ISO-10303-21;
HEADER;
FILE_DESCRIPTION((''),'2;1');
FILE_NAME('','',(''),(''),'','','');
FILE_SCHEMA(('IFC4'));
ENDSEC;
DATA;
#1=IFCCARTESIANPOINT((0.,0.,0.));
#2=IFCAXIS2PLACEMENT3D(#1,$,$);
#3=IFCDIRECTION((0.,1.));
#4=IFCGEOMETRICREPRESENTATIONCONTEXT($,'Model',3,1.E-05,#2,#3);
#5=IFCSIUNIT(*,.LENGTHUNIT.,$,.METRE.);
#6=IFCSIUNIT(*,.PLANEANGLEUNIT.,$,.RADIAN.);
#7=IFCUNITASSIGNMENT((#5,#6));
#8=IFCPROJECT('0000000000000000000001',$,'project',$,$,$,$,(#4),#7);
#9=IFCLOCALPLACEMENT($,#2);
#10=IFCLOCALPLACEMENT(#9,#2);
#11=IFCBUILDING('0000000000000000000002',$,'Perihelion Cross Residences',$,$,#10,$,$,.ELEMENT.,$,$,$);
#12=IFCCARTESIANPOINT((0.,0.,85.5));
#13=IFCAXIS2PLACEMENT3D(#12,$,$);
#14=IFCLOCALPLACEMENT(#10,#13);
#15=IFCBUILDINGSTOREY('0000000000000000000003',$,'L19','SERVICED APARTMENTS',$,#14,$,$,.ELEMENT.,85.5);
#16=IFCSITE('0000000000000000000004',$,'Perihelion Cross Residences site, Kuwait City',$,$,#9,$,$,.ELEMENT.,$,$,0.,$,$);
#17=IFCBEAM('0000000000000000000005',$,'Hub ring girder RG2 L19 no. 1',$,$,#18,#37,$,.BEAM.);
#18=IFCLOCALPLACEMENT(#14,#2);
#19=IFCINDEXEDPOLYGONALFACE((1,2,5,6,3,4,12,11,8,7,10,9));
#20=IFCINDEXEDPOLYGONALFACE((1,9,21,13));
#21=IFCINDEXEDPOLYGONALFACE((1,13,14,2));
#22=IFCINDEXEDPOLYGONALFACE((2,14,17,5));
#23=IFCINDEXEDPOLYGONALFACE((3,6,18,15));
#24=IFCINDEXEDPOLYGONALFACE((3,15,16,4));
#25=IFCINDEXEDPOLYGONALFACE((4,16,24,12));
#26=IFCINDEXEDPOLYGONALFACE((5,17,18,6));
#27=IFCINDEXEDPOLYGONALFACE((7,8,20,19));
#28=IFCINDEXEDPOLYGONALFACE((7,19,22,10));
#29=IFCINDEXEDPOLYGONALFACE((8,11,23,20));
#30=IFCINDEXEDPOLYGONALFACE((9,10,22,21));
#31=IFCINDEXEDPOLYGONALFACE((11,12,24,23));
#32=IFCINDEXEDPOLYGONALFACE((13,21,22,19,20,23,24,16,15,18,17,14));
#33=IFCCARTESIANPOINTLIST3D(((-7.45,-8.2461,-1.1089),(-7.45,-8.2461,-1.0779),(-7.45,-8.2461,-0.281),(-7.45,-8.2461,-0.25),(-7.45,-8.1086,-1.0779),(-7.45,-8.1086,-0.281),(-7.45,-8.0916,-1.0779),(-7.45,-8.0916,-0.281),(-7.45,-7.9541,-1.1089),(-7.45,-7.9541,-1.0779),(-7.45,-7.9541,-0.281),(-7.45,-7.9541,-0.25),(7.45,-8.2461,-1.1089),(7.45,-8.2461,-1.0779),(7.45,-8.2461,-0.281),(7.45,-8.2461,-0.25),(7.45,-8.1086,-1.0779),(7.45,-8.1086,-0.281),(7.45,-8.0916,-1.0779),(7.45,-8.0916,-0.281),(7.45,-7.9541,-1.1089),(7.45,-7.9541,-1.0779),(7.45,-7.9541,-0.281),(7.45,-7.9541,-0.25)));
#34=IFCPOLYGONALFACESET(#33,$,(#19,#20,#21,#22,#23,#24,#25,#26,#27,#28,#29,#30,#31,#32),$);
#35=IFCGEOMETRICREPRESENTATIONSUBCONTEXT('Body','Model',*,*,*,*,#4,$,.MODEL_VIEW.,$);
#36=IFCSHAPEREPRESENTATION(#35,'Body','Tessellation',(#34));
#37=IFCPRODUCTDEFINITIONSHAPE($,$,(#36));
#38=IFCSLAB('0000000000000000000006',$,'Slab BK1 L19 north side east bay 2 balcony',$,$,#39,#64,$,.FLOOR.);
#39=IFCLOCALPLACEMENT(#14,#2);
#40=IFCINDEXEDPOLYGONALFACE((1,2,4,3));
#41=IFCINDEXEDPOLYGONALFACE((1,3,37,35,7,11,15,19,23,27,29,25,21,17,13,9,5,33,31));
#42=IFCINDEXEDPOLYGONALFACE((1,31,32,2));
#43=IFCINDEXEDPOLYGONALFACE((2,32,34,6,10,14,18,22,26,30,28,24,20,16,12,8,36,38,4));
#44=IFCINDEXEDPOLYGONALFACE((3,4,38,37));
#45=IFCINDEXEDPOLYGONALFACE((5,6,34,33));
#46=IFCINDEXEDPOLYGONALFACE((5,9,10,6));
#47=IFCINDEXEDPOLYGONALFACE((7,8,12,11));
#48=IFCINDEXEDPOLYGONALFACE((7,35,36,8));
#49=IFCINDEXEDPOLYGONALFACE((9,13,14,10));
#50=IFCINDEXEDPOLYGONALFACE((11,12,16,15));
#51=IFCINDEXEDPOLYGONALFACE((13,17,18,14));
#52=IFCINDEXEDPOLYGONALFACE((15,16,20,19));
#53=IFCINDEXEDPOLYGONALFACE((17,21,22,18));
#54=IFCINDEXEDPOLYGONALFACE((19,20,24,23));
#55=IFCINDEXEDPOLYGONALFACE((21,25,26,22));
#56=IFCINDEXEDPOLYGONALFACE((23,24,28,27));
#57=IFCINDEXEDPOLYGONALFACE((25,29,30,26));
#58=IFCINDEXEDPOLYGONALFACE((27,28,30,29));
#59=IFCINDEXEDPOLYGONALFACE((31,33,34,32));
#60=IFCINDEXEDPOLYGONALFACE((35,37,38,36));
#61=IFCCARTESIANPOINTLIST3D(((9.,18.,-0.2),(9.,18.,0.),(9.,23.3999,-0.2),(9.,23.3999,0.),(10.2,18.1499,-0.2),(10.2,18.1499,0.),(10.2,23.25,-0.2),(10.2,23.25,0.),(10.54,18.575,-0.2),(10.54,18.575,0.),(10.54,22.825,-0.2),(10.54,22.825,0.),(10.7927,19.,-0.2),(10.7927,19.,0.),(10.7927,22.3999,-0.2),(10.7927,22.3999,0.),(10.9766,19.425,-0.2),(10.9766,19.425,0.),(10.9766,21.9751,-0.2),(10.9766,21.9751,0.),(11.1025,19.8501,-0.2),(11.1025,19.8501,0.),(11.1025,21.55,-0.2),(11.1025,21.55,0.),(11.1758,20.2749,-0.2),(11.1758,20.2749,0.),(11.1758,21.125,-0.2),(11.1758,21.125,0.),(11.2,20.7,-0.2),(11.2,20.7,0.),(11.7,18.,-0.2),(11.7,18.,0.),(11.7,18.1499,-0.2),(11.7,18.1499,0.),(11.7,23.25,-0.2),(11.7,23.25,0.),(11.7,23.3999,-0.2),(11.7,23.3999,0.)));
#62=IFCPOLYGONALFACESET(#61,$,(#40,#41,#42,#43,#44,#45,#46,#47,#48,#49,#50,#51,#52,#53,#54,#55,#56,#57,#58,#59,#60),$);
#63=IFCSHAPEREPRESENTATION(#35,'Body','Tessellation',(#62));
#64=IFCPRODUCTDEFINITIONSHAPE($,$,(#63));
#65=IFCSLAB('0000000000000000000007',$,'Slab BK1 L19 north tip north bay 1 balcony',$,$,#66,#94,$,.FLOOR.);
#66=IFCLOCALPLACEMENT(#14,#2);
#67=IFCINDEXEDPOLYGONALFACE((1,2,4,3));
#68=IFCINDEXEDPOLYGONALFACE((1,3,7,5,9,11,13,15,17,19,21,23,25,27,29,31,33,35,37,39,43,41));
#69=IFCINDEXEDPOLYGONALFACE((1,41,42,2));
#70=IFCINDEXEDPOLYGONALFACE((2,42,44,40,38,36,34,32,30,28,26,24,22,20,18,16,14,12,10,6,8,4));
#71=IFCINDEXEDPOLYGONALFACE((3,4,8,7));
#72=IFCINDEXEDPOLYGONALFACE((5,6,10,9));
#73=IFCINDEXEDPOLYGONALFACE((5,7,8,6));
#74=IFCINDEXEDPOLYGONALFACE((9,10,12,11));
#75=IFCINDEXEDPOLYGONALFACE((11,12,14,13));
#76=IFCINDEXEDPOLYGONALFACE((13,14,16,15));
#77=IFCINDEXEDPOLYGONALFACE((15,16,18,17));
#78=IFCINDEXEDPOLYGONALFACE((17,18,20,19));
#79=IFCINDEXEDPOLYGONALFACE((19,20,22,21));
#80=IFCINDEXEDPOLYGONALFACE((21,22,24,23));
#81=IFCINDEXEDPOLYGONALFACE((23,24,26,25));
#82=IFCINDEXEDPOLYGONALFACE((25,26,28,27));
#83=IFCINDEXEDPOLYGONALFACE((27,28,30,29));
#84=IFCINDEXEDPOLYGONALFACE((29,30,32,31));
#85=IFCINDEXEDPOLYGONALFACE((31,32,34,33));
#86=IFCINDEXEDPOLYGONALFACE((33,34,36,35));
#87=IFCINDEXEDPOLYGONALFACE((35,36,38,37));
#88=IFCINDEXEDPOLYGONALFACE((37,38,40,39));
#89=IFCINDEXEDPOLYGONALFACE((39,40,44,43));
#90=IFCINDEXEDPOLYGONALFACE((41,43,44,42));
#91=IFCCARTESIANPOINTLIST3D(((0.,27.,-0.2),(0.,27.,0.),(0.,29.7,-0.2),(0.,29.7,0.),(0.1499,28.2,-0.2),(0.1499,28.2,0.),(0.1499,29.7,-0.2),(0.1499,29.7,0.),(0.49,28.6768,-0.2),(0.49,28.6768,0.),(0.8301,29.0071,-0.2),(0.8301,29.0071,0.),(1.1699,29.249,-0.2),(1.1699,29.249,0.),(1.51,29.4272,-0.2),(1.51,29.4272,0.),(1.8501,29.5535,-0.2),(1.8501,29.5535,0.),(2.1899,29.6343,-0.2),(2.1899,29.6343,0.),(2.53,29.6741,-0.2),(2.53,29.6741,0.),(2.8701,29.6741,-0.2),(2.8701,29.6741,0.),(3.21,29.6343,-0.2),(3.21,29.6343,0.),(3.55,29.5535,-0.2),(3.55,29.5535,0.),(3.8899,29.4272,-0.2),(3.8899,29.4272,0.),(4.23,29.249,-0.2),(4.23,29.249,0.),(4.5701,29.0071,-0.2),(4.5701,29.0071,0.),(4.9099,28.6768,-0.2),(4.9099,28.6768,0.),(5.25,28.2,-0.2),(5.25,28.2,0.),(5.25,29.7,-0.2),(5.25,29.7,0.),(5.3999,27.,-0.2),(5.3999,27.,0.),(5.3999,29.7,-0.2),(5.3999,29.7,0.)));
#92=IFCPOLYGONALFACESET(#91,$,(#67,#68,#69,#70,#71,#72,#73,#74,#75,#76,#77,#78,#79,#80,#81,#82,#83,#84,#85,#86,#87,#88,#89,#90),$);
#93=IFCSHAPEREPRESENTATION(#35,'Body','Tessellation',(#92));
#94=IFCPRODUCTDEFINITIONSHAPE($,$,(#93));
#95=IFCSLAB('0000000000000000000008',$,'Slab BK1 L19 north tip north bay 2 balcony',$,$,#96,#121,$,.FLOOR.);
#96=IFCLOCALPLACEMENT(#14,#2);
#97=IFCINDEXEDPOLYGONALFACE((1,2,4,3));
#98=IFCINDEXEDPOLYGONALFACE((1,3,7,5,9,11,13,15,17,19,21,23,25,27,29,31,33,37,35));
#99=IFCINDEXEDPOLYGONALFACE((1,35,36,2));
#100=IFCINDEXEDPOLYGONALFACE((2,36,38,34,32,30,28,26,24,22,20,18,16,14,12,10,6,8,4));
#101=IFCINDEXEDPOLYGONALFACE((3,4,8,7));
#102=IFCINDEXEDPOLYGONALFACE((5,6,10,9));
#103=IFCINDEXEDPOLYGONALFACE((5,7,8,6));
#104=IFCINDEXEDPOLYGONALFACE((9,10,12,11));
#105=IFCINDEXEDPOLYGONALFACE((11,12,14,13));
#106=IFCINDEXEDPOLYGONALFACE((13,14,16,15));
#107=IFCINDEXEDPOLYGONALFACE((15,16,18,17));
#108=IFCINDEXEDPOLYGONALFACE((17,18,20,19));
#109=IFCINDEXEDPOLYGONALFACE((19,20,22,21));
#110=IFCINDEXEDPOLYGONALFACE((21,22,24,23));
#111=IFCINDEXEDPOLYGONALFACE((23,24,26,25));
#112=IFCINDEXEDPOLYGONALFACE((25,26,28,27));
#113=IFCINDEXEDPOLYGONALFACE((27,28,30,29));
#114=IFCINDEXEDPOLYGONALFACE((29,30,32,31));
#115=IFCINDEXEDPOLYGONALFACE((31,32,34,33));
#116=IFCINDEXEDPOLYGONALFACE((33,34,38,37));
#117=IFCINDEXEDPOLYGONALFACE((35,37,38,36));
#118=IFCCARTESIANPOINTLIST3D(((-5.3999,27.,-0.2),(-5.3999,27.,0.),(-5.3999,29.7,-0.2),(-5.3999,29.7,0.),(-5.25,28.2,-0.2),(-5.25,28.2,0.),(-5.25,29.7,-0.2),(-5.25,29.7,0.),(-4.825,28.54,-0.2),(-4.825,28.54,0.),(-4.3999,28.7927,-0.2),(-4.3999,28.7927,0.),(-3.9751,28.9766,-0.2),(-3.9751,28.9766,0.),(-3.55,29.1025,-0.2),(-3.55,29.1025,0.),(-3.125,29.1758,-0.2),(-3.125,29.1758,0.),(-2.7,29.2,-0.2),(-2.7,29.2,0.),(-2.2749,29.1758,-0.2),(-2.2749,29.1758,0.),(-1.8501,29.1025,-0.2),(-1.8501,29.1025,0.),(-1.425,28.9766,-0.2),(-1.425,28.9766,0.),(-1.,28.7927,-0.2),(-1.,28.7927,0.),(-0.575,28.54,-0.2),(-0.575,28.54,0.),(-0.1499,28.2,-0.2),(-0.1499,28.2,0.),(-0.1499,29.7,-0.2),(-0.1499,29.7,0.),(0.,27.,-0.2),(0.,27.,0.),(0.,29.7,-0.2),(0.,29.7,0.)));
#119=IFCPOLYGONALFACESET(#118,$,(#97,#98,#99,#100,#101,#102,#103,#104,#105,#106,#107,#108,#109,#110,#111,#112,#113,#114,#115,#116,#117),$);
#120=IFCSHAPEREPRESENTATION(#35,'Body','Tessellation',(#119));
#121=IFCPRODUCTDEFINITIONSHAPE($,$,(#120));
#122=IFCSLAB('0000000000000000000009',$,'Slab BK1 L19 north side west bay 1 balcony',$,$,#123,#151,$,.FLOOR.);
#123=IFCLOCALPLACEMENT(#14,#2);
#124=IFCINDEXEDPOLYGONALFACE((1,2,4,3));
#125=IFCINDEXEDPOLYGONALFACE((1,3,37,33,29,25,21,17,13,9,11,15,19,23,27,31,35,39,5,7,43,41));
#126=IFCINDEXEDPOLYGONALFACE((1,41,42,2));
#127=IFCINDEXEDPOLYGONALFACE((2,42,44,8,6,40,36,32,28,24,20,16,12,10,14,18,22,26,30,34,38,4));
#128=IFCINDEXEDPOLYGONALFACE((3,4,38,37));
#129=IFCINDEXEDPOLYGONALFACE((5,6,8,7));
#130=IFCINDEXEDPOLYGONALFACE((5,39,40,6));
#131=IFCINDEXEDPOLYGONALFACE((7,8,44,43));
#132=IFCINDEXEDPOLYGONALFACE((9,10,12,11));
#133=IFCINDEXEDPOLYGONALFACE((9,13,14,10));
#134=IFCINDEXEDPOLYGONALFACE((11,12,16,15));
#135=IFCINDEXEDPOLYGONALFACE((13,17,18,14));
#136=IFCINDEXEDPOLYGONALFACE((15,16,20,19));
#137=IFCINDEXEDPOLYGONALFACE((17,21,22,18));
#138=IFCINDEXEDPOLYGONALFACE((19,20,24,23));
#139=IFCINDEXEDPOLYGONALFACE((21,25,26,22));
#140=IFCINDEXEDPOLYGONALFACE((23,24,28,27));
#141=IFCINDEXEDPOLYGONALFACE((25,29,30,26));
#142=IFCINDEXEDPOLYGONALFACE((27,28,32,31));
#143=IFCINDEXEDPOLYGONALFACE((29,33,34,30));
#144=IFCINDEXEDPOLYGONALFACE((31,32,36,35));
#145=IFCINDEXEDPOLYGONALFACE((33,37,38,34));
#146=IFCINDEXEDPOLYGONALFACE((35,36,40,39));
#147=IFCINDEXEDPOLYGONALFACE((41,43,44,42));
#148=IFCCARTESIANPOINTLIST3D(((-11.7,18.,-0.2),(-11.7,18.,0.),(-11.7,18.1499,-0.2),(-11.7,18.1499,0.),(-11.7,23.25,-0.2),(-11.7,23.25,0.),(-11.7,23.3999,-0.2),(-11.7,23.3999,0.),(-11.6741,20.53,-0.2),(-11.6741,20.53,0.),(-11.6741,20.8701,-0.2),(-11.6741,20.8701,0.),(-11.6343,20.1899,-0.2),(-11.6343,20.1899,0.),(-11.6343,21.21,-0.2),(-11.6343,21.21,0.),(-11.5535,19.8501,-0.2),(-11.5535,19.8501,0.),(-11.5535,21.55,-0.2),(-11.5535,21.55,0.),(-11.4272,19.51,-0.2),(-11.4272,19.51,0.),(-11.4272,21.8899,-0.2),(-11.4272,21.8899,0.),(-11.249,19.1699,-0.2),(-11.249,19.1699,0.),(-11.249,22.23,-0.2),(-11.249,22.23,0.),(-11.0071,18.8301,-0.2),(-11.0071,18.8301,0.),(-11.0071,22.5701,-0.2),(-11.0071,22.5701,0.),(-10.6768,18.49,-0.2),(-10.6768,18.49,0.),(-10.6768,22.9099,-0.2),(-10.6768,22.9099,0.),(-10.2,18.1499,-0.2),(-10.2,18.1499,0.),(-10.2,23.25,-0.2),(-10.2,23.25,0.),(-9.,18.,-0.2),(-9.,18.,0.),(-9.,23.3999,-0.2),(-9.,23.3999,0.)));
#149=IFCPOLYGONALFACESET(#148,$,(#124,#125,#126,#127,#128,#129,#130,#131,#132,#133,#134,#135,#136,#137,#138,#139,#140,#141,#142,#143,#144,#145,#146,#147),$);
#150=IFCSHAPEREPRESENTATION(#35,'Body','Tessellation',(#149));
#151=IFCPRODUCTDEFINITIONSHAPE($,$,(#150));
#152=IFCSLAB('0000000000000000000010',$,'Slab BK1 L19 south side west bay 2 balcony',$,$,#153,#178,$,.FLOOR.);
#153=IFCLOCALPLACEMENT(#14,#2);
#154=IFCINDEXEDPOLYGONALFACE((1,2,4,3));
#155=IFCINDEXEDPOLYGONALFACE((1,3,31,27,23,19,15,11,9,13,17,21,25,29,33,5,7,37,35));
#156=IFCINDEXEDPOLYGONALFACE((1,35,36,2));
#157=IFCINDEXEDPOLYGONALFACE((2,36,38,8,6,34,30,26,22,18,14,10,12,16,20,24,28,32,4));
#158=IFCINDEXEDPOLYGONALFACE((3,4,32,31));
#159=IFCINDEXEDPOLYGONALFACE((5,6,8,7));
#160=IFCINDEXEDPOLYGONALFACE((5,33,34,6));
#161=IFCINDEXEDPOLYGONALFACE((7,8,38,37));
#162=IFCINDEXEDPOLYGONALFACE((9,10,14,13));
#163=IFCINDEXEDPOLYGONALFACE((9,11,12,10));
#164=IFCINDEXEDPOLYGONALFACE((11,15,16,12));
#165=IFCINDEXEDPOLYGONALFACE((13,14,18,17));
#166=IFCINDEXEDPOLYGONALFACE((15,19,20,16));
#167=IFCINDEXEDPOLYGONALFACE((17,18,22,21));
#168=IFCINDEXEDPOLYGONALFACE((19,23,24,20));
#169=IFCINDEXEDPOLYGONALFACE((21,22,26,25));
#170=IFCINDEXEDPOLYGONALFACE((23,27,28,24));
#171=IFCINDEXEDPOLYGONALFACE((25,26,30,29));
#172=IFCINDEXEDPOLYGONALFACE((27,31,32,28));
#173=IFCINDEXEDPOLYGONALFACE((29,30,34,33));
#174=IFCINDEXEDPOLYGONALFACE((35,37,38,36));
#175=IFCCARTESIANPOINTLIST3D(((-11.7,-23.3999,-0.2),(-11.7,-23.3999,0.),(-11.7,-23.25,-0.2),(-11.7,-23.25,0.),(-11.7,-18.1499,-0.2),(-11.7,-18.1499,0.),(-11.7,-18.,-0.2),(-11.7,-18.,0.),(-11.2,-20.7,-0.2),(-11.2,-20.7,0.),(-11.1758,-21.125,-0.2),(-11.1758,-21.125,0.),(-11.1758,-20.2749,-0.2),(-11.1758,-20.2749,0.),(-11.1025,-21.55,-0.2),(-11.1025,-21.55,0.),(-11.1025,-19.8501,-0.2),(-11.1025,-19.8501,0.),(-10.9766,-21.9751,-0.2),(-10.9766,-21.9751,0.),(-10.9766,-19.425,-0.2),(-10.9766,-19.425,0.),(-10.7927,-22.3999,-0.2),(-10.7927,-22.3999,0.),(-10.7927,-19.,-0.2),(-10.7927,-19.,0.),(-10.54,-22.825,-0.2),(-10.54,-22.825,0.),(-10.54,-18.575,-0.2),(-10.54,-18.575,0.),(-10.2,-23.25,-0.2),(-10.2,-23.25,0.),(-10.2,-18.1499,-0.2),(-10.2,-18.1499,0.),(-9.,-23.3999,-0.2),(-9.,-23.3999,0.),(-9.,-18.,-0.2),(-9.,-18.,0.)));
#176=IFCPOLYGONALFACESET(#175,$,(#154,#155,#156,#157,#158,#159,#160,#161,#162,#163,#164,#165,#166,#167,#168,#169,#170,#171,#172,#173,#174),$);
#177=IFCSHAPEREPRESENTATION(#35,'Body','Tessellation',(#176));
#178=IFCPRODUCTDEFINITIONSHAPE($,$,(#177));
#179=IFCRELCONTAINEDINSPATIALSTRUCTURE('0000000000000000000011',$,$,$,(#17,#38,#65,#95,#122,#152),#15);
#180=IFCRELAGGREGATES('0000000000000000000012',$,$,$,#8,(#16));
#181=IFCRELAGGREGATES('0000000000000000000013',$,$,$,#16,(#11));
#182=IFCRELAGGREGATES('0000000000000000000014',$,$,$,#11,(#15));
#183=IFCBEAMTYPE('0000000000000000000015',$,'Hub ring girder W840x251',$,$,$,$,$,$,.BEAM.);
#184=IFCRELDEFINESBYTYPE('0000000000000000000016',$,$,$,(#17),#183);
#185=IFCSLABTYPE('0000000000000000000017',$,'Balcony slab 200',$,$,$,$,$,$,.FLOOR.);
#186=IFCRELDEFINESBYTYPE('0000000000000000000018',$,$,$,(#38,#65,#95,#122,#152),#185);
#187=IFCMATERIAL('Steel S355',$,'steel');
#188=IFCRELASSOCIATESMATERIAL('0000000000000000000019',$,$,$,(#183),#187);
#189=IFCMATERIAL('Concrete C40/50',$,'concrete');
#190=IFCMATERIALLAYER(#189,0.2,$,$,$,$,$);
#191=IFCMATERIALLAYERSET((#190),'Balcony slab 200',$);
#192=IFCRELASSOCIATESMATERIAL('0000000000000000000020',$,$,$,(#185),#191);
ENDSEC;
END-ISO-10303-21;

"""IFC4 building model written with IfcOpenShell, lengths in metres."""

from ifc_helpers import new_model, si_unit, direction, frame, origin, origin_2d, place, context, subcontext, project, spatial, polyline, i_section, outline, extrude, material, layer, layer_set, material_profile, profile_set, type_object, element, save


model = new_model("IFC4")

# Units and contexts
model_context = context("Model", 3, precision=1e-05, world=origin(), true_north=direction((0.0, 1.0)))
body_context = subcontext(model_context, "Body", "Model", "MODEL_VIEW")
ifc_project = project(units=[si_unit("LENGTHUNIT", "METRE"), si_unit("PLANEANGLEUNIT", "RADIAN")], contexts=[model_context])

# Site, building, storey
site_placement = place(None, origin())
site = spatial("IfcSite", under=ifc_project, at=site_placement, Name="Perihelion Cross Residences site, Kuwait City", CompositionType="ELEMENT", RefElevation=0.0)
building_placement = place(site_placement, origin())
building = spatial("IfcBuilding", under=site, at=building_placement, Name="Perihelion Cross Residences", CompositionType="ELEMENT")
storey_placement = place(building_placement, frame((0.0, 0.0, 85.5)))
storey = spatial("IfcBuildingStorey", under=building, at=storey_placement, Name="L19", Description="SERVICED APARTMENTS", CompositionType="ELEMENT", Elevation=85.5)

# Beam
ifc_material_1 = material(Name="Steel S355", Category="steel")
ifc_material_profile_1 = material_profile(ifc_material_1, i_section(OverallWidth=0.292, OverallDepth=0.8589, WebThickness=0.0171, FlangeThickness=0.031, at=origin_2d()), Name="W840x251")
ifc_profile_set_1 = profile_set([ifc_material_profile_1], Name="Steel S355")
beam_type_1 = type_object("IfcBeamType", Name="Hub ring girder W840x251", PredefinedType="BEAM", material=ifc_profile_set_1)
beam_1_placement = place(storey_placement, frame((-7.45, -8.1001, -0.6794), z_axis=(1.0, 0.0, 0.0), x_axis=(0.0, 1.0, 0.0)))
element("IfcBeam", 1, at=beam_1_placement, inside=storey, type_object=beam_type_1, Name="Hub ring girder RG2 L19 no. 1", PredefinedType="BEAM", context=body_context, shape_type="SweptSolid", body=[
    extrude(i_section(OverallWidth=0.292, OverallDepth=0.8589, WebThickness=0.0171, FlangeThickness=0.031, at=origin_2d()), origin(), (0.0, 0.0, 1.0), 14.8999),
])

# Slabs
ifc_material_2 = material(Name="Concrete C40/50", Category="concrete")
ifc_layer_1 = layer(ifc_material_2, 0.2)
ifc_layer_set_1 = layer_set([ifc_layer_1], Name="Balcony slab 200")
slab_type_1 = type_object("IfcSlabType", Name="Balcony slab 200", PredefinedType="FLOOR", material=ifc_layer_set_1)
slab_1_placement = place(storey_placement, frame((0.0, 0.0, -0.2)))
element("IfcSlab", 2, at=slab_1_placement, inside=storey, type_object=slab_type_1, Name="Slab BK1 L19 north side east bay 2 balcony", PredefinedType="FLOOR", context=body_context, shape_type="SweptSolid", body=[
    extrude(outline(polyline([(9.0, 18.0), (9.0, 23.3999), (11.7, 23.3999), (11.7, 23.25), (10.2, 23.25), (10.54, 22.825), (10.7927, 22.3999), (10.9766, 21.9751), (11.1025, 21.55), (11.1758, 21.125), (11.2, 20.7), (11.1758, 20.2749), (11.1025, 19.8501), (10.9766, 19.425), (10.7927, 19.0), (10.54, 18.575), (10.2, 18.1499), (11.7, 18.1499), (11.7, 18.0), (9.0, 18.0)])), origin(), (0.0, 0.0, 1.0), 0.2),
])
slab_2_placement = place(storey_placement, frame((0.0, 0.0, -0.2)))
element("IfcSlab", 3, at=slab_2_placement, inside=storey, type_object=slab_type_1, Name="Slab BK1 L19 north tip north bay 1 balcony", PredefinedType="FLOOR", context=body_context, shape_type="SweptSolid", body=[
    extrude(outline(polyline([(5.3999, 27.0), (0.0, 27.0), (0.0, 29.7), (0.1499, 29.7), (0.1499, 28.2), (0.49, 28.6768), (0.8301, 29.0071), (1.1699, 29.249), (1.51, 29.4272), (1.8501, 29.5535), (2.1899, 29.6343), (2.53, 29.6741), (2.8701, 29.6741), (3.21, 29.6343), (3.55, 29.5535), (3.8899, 29.4272), (4.23, 29.249), (4.5701, 29.0071), (4.9099, 28.6768), (5.25, 28.2), (5.25, 29.7), (5.3999, 29.7), (5.3999, 27.0)])), origin(), (0.0, 0.0, 1.0), 0.2),
])
slab_3_placement = place(storey_placement, frame((0.0, 0.0, -0.2)))
element("IfcSlab", 4, at=slab_3_placement, inside=storey, type_object=slab_type_1, Name="Slab BK1 L19 north tip north bay 2 balcony", PredefinedType="FLOOR", context=body_context, shape_type="SweptSolid", body=[
    extrude(outline(polyline([(0.0, 27.0), (-5.3999, 27.0), (-5.3999, 29.7), (-5.25, 29.7), (-5.25, 28.2), (-4.825, 28.54), (-4.3999, 28.7927), (-3.9751, 28.9766), (-3.55, 29.1025), (-3.125, 29.1758), (-2.7, 29.2), (-2.2749, 29.1758), (-1.8501, 29.1025), (-1.425, 28.9766), (-1.0, 28.7927), (-0.575, 28.54), (-0.1499, 28.2), (-0.1499, 29.7), (0.0, 29.7), (0.0, 27.0)])), origin(), (0.0, 0.0, 1.0), 0.2),
])
slab_4_placement = place(storey_placement, frame((0.0, 0.0, -0.2)))
element("IfcSlab", 5, at=slab_4_placement, inside=storey, type_object=slab_type_1, Name="Slab BK1 L19 north side west bay 1 balcony", PredefinedType="FLOOR", context=body_context, shape_type="SweptSolid", body=[
    extrude(outline(polyline([(-9.0, 23.3999), (-9.0, 18.0), (-11.7, 18.0), (-11.7, 18.1499), (-10.2, 18.1499), (-10.6768, 18.49), (-11.0071, 18.8301), (-11.249, 19.1699), (-11.4272, 19.51), (-11.5535, 19.8501), (-11.6343, 20.1899), (-11.6741, 20.53), (-11.6741, 20.8701), (-11.6343, 21.21), (-11.5535, 21.55), (-11.4272, 21.8899), (-11.249, 22.23), (-11.0071, 22.5701), (-10.6768, 22.9099), (-10.2, 23.25), (-11.7, 23.25), (-11.7, 23.3999), (-9.0, 23.3999)])), origin(), (0.0, 0.0, 1.0), 0.2),
])
slab_5_placement = place(storey_placement, frame((0.0, 0.0, -0.2)))
element("IfcSlab", 6, at=slab_5_placement, inside=storey, type_object=slab_type_1, Name="Slab BK1 L19 south side west bay 2 balcony", PredefinedType="FLOOR", context=body_context, shape_type="SweptSolid", body=[
    extrude(outline(polyline([(-9.0, -18.0), (-9.0, -23.3999), (-11.7, -23.3999), (-11.7, -23.25), (-10.2, -23.25), (-10.54, -22.825), (-10.7927, -22.3999), (-10.9766, -21.9751), (-11.1025, -21.55), (-11.1758, -21.125), (-11.2, -20.7), (-11.1758, -20.2749), (-11.1025, -19.8501), (-10.9766, -19.425), (-10.7927, -19.0), (-10.54, -18.575), (-10.2, -18.1499), (-11.7, -18.1499), (-11.7, -18.0), (-9.0, -18.0)])), origin(), (0.0, 0.0, 1.0), 0.2),
])

save(model, "model.ifc")
